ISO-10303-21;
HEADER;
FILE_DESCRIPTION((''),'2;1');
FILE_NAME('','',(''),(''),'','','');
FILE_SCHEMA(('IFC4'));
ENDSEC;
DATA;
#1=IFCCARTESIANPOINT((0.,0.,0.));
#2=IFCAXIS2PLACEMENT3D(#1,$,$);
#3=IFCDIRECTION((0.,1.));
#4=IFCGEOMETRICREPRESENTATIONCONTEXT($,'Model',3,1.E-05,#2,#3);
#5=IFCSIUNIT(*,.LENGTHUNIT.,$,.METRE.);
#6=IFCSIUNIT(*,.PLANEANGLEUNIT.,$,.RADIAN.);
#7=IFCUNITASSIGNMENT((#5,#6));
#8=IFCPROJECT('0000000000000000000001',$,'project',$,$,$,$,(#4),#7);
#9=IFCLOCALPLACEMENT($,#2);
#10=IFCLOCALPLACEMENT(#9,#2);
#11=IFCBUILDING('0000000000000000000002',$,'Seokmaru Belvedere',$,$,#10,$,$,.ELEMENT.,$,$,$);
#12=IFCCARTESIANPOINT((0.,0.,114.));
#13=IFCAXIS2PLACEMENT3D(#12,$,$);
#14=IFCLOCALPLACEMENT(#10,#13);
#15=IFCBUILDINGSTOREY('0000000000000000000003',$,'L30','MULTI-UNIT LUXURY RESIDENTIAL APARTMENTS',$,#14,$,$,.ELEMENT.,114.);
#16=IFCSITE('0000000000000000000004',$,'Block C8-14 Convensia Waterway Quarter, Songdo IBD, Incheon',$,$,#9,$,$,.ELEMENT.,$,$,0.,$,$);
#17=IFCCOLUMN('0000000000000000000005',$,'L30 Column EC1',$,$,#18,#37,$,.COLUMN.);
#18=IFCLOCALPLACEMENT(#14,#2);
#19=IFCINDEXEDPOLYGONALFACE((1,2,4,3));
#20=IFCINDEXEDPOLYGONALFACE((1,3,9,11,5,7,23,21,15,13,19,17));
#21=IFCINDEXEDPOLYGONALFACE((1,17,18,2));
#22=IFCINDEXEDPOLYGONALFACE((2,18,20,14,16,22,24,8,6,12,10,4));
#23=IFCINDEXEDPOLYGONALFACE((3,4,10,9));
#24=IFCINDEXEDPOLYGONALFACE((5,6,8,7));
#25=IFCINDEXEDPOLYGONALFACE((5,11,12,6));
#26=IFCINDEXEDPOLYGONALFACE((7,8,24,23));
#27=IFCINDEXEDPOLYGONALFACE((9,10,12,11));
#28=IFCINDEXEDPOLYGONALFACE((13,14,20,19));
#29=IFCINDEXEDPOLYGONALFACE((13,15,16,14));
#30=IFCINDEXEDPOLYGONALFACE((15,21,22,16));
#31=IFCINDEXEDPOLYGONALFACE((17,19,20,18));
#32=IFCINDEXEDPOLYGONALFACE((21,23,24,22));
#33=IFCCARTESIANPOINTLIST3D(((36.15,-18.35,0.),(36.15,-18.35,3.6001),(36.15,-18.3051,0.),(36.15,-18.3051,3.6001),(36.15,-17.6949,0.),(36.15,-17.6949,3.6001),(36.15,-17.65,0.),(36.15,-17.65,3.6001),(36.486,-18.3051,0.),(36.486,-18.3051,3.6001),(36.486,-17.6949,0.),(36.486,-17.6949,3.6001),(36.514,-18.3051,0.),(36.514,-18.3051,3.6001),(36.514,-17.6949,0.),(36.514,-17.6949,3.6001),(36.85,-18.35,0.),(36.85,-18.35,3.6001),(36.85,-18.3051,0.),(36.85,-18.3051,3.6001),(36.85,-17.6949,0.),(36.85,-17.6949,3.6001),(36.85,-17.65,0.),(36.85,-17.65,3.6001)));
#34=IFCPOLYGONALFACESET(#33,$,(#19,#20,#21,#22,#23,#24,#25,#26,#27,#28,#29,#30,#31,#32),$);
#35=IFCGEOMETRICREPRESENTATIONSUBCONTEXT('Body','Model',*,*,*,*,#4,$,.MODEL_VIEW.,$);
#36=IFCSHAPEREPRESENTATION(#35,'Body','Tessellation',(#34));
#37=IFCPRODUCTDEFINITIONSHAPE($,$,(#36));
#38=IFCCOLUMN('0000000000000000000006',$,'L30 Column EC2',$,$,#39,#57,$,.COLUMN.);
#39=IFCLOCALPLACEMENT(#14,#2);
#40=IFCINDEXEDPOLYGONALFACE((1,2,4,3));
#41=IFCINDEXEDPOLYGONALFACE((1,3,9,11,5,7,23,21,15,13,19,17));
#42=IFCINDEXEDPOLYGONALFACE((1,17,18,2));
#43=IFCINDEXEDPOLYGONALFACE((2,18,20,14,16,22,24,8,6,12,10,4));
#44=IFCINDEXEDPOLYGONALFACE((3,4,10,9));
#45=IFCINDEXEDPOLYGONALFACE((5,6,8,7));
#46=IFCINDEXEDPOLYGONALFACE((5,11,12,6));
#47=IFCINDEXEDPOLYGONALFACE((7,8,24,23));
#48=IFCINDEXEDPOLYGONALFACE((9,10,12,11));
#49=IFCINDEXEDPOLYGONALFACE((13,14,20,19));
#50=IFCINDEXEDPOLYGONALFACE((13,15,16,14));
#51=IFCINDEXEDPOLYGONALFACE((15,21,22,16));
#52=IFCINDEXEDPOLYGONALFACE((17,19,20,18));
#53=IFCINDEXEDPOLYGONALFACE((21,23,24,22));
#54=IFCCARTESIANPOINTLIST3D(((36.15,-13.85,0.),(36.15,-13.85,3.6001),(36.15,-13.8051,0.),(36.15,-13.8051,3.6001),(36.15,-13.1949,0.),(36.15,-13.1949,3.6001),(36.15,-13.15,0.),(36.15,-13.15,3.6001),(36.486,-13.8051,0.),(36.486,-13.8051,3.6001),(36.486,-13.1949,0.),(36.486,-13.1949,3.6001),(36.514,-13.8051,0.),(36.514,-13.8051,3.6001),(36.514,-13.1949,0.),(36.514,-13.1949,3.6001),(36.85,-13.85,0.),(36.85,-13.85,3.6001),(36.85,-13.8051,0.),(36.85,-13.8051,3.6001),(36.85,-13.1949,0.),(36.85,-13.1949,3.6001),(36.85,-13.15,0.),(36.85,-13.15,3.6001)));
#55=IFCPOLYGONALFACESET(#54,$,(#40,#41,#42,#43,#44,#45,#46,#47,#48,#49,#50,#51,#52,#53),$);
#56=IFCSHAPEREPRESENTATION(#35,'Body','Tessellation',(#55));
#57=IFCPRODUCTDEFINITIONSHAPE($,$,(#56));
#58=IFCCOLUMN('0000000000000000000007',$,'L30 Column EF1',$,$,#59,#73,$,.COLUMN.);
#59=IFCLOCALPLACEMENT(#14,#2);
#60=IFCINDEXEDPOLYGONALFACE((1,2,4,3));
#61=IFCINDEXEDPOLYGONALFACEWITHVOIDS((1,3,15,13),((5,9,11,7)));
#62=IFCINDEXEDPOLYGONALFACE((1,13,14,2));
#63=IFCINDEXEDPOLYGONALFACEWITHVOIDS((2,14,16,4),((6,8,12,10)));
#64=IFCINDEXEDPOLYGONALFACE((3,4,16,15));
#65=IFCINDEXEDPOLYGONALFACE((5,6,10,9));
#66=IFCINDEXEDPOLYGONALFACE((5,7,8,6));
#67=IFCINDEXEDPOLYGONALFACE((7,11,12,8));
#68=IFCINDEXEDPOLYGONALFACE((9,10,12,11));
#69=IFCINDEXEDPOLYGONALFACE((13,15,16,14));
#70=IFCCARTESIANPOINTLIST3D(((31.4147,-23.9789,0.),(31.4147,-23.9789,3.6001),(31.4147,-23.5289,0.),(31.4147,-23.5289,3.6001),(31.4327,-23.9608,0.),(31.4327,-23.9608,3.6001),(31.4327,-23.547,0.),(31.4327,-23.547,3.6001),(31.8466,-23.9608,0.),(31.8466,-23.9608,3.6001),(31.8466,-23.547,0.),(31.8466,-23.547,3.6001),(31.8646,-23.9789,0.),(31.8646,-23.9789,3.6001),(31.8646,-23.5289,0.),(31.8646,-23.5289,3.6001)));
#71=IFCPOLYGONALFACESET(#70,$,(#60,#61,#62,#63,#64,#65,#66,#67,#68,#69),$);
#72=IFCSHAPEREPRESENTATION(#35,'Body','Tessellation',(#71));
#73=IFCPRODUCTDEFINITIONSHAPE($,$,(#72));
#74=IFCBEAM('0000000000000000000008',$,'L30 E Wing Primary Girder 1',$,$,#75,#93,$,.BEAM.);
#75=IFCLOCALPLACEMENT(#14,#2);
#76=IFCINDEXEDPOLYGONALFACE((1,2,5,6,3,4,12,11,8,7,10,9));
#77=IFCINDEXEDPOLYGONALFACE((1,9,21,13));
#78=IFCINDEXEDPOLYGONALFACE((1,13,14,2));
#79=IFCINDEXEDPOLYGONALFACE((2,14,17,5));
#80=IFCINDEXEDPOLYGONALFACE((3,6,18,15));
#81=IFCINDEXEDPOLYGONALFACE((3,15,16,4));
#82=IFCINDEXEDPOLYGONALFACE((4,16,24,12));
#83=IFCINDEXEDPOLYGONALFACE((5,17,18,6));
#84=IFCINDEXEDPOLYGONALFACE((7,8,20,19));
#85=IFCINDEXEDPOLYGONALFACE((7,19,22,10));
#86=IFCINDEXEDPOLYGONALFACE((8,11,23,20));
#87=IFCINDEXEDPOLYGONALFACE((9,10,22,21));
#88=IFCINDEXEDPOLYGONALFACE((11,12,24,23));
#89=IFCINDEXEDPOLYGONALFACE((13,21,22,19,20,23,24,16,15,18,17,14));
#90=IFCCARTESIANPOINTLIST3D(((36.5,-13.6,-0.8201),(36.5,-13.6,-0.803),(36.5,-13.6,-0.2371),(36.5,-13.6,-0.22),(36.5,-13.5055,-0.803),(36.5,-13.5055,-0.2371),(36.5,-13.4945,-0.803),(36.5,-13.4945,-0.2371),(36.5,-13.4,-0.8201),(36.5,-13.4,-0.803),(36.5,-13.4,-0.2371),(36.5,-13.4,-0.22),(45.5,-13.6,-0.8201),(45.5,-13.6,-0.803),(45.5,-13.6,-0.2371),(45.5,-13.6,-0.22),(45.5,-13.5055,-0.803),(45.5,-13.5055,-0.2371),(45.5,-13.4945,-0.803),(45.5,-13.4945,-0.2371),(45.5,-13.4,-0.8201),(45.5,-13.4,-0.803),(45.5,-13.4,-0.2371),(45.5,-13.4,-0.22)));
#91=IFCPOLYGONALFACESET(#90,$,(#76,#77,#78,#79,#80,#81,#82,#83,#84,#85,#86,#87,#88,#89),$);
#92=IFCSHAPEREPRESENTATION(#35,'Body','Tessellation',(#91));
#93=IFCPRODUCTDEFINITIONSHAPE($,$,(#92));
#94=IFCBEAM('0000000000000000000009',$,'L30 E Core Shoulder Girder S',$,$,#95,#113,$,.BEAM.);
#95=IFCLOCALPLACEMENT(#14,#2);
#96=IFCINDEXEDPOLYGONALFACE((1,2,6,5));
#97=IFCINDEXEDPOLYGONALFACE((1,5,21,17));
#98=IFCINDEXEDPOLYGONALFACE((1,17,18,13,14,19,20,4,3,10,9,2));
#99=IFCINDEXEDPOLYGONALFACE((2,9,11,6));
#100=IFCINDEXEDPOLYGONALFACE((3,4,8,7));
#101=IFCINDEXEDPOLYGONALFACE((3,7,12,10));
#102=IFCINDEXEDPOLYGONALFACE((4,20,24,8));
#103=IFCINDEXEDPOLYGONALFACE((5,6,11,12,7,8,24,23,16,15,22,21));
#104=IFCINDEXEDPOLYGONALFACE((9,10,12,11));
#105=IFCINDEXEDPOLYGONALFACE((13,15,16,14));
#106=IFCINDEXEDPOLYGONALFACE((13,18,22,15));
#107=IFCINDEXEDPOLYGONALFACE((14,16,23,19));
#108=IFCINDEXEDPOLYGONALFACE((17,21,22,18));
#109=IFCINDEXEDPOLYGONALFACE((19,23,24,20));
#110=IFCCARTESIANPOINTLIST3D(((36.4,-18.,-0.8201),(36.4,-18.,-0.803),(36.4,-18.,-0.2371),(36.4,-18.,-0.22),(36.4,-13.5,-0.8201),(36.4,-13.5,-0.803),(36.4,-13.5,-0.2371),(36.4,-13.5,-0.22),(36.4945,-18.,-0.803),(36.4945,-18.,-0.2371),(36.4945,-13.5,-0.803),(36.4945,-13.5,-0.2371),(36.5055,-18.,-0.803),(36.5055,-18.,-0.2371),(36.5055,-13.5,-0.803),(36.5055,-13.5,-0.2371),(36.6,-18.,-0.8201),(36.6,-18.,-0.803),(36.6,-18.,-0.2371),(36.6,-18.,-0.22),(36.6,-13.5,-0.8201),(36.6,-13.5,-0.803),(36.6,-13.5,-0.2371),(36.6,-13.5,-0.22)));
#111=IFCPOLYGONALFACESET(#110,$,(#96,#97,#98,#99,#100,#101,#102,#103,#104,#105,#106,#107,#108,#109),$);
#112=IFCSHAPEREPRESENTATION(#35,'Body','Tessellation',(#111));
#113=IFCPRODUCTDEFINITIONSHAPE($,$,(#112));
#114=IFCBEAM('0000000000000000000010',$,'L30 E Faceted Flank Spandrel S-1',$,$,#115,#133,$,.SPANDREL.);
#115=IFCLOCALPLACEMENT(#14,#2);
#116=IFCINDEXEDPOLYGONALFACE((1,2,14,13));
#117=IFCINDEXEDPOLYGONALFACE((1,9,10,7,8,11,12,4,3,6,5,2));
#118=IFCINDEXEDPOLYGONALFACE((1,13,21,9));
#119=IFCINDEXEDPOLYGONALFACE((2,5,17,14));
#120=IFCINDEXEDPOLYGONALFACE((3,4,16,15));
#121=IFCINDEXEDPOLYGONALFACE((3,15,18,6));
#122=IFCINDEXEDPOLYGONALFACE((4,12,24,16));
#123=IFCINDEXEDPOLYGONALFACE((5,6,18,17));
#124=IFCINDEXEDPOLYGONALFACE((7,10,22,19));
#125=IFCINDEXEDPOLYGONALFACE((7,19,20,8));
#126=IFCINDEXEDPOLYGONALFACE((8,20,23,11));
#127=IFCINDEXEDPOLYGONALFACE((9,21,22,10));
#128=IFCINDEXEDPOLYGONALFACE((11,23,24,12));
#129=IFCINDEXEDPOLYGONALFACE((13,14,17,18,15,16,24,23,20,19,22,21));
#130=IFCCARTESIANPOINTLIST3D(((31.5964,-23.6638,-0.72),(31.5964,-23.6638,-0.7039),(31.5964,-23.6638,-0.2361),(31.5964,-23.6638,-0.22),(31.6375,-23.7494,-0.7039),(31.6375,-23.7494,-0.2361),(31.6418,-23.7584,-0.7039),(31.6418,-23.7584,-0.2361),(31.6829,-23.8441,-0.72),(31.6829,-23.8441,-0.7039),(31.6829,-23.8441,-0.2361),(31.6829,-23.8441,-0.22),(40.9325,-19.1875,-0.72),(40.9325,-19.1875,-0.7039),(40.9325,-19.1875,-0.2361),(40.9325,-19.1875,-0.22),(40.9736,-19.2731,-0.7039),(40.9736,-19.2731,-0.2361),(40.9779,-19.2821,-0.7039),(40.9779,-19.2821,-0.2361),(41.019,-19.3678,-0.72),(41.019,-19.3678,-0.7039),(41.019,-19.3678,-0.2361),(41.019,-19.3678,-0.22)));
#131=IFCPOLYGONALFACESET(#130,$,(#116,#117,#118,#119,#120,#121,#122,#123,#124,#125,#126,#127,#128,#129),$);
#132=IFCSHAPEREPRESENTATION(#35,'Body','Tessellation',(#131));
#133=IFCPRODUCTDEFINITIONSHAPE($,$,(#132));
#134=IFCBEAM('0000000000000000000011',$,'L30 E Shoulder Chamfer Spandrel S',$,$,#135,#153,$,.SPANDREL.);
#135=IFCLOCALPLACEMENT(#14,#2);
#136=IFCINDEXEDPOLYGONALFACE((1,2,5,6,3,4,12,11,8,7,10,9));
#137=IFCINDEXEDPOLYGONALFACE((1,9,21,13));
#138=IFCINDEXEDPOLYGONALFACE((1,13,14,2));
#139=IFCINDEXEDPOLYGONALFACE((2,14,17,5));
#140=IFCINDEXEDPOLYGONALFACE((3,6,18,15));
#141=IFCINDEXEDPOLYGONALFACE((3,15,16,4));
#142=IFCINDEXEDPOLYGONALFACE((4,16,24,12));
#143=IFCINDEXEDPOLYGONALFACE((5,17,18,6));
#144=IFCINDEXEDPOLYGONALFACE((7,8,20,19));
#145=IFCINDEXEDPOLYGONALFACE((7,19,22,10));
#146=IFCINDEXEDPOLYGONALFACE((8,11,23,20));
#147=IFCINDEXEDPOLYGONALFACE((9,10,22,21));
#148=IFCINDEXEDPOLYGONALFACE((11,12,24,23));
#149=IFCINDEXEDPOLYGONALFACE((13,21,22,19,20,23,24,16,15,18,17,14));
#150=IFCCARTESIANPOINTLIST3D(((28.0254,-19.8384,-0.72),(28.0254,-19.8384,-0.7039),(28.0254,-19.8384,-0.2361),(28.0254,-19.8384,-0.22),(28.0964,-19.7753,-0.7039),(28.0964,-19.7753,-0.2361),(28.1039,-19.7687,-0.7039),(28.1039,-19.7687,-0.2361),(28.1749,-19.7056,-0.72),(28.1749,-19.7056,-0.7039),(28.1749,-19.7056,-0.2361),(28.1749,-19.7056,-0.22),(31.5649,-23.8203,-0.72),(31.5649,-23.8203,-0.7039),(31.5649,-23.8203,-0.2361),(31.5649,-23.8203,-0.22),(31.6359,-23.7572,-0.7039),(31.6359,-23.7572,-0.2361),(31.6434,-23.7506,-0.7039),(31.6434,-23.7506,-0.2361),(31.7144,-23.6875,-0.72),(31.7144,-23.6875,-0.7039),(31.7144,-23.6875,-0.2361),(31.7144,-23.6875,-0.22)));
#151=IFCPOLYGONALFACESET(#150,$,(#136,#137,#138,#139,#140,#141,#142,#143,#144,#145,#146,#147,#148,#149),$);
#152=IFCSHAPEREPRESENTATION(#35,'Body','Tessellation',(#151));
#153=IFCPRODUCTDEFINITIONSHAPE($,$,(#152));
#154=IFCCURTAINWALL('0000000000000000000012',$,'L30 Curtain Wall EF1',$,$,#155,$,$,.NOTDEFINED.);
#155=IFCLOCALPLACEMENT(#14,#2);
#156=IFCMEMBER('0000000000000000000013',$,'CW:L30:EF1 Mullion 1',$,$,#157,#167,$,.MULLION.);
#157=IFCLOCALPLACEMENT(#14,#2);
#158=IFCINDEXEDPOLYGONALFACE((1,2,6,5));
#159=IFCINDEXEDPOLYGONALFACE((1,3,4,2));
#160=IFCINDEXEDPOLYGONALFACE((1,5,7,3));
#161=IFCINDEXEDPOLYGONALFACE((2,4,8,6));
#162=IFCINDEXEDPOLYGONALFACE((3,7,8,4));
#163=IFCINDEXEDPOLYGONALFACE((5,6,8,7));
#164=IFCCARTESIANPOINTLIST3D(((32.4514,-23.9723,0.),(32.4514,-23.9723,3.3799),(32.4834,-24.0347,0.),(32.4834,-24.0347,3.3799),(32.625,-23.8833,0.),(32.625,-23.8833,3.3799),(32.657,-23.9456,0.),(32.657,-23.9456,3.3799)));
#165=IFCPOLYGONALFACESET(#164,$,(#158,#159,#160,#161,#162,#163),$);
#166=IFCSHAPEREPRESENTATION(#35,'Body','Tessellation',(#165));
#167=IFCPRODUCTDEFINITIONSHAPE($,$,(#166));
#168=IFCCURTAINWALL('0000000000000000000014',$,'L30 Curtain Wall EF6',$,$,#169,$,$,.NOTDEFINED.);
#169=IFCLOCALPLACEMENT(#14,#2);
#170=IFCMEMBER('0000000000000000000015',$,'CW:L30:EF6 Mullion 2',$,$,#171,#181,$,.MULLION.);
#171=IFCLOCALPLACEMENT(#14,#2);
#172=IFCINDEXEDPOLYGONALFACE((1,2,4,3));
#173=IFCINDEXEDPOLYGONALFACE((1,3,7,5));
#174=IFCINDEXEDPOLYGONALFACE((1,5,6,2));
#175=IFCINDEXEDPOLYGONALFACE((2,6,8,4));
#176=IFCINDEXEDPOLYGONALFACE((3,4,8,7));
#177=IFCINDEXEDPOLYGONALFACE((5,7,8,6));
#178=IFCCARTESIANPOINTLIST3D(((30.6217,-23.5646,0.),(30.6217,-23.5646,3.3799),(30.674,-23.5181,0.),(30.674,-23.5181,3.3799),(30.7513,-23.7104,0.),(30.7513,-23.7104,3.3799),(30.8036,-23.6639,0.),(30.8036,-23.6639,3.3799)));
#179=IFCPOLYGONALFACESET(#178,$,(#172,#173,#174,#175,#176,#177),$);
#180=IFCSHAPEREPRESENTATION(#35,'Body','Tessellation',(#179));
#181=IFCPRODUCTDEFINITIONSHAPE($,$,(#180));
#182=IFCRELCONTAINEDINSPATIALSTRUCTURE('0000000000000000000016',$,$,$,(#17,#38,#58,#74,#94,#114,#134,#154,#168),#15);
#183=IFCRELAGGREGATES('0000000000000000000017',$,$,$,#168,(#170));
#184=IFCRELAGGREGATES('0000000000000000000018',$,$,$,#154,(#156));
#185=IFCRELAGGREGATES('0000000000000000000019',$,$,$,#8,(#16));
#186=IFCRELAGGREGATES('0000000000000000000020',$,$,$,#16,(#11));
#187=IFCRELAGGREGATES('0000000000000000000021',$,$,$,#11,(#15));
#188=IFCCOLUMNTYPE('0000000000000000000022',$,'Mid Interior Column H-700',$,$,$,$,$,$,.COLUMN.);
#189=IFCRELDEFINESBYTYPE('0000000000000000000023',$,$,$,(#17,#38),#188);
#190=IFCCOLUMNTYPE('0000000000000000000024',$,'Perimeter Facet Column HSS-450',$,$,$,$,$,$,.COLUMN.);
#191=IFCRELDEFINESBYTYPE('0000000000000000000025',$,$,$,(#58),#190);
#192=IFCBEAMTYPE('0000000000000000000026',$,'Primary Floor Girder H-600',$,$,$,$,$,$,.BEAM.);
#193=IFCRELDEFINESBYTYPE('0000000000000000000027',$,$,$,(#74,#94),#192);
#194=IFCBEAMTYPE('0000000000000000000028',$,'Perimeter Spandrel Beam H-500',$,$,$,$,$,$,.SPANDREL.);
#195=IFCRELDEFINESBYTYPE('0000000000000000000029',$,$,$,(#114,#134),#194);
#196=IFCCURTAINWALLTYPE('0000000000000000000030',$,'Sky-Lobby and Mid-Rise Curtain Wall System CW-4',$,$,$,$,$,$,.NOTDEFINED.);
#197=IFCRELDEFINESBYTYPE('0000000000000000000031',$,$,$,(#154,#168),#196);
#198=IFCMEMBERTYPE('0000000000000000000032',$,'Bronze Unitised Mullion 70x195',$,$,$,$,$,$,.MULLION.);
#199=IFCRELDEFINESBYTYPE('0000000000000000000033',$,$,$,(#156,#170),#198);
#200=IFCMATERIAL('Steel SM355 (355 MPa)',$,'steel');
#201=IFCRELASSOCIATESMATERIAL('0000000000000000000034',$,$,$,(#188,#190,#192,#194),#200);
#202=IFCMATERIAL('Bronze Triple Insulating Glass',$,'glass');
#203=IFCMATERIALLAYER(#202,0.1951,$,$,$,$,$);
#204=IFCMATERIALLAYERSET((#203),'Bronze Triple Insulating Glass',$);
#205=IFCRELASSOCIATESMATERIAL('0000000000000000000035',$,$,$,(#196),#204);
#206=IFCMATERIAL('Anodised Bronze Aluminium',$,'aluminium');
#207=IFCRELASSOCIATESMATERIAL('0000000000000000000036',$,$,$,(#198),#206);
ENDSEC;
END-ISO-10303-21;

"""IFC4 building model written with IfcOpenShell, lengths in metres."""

from ifc_helpers import new_model, si_unit, direction, frame, origin, origin_2d, place, context, subcontext, project, spatial, rectangle, hollow_rectangle, i_section, extrude, source, transform, mapped, material, layer, layer_set, material_profile, profile_set, type_object, type_shapes, element, aggregate, save


model = new_model("IFC4")

# Units and contexts
model_context = context("Model", 3, precision=1e-05, world=origin(), true_north=direction((0.0, 1.0)))
body_context = subcontext(model_context, "Body", "Model", "MODEL_VIEW")
ifc_project = project(units=[si_unit("LENGTHUNIT", "METRE"), si_unit("PLANEANGLEUNIT", "RADIAN")], contexts=[model_context])

# Site, building, storey
site_placement = place(None, origin())
site = spatial("IfcSite", under=ifc_project, at=site_placement, Name="Block C8-14 Convensia Waterway Quarter, Songdo IBD, Incheon", CompositionType="ELEMENT", RefElevation=0.0)
building_placement = place(site_placement, origin())
building = spatial("IfcBuilding", under=site, at=building_placement, Name="Seokmaru Belvedere", CompositionType="ELEMENT")
storey_placement = place(building_placement, frame((0.0, 0.0, 114.0)))
storey = spatial("IfcBuildingStorey", under=building, at=storey_placement, Name="L30", Description="MULTI-UNIT LUXURY RESIDENTIAL APARTMENTS", CompositionType="ELEMENT", Elevation=114.0)

# Columns
ifc_material_1 = material(Name="Steel SM355 (355 MPa)", Category="steel")
ifc_material_profile_1 = material_profile(ifc_material_1, i_section(OverallWidth=0.7, OverallDepth=0.7, WebThickness=0.0281, FlangeThickness=0.0449, at=origin_2d()), Name="H-700x700x28x45")
ifc_profile_set_1 = profile_set([ifc_material_profile_1], Name="Steel SM355 (355 MPa)")
column_type_1 = type_object("IfcColumnType", Name="Mid Interior Column H-700", PredefinedType="COLUMN", material=ifc_profile_set_1)
shared_shape_1 = source(origin(), body_context, "Body", "SweptSolid", [
    extrude(i_section(OverallWidth=0.7, OverallDepth=0.7, WebThickness=0.0281, FlangeThickness=0.0449, at=origin_2d()), origin(), (0.0, 0.0, 1.0), 3.6001),
])
type_shapes(column_type_1, [shared_shape_1])
for number, where, z_axis, x_axis, name in (
    (1, (36.5, -18.0, 0.0), (0.0, 0.0, 1.0), (1.0, 0.0, 0.0), "L30 Column EC1"),
    (2, (36.5, -13.5, 0.0), (0.0, 0.0, 1.0), (1.0, 0.0, 0.0), "L30 Column EC2"),
):
    element("IfcColumn", number, at=place(storey_placement, frame(where, z_axis=z_axis, x_axis=x_axis)), inside=storey, type_object=column_type_1, Name=name, PredefinedType="COLUMN", context=body_context, shape_type="MappedRepresentation", body=[
        mapped(shared_shape_1, transform((0.0, 0.0, 0.0), scale=1.0)),
    ])
ifc_material_profile_2 = material_profile(ifc_material_1, hollow_rectangle(XDim=0.45, YDim=0.45, WallThickness=0.0181, at=origin_2d()), Name="HSS-450x450x18")
ifc_profile_set_2 = profile_set([ifc_material_profile_2], Name="Steel SM355 (355 MPa)")
column_type_2 = type_object("IfcColumnType", Name="Perimeter Facet Column HSS-450", PredefinedType="COLUMN", material=ifc_profile_set_2)
shared_shape_2 = source(origin(), body_context, "Body", "SweptSolid", [
    extrude(hollow_rectangle(XDim=0.45, YDim=0.45, WallThickness=0.0181, at=origin_2d()), origin(), (0.0, 0.0, 1.0), 3.6001),
])
type_shapes(column_type_2, [shared_shape_2])
column_placement = place(storey_placement, frame((31.6396, -23.7539, 0.0), z_axis=(0.0, 0.0, 1.0), x_axis=(1.0, 0.0, 0.0)))
element("IfcColumn", 3, at=column_placement, inside=storey, type_object=column_type_2, Name="L30 Column EF1", PredefinedType="COLUMN", context=body_context, shape_type="MappedRepresentation", body=[
    mapped(shared_shape_2, transform((0.0, 0.0, 0.0), scale=1.0)),
])

# Beams
ifc_material_profile_3 = material_profile(ifc_material_1, i_section(OverallWidth=0.2, OverallDepth=0.6001, WebThickness=0.011, FlangeThickness=0.0171, at=origin_2d()), Name="H-600x200x11x17")
ifc_profile_set_3 = profile_set([ifc_material_profile_3], Name="Steel SM355 (355 MPa)")
beam_type_1 = type_object("IfcBeamType", Name="Primary Floor Girder H-600", PredefinedType="BEAM", material=ifc_profile_set_3)
shared_shape_3 = source(origin(), body_context, "Body", "SweptSolid", [
    extrude(i_section(OverallWidth=0.2, OverallDepth=0.6001, WebThickness=0.011, FlangeThickness=0.0171, at=origin_2d()), origin(), (0.0, 0.0, 1.0), 9.0),
])
beam_1_placement = place(storey_placement, frame((36.5, -13.5, -0.52), z_axis=(1.0, 0.0, 0.0), x_axis=(0.0, 1.0, 0.0)))
element("IfcBeam", 4, at=beam_1_placement, inside=storey, type_object=beam_type_1, Name="L30 E Wing Primary Girder 1", PredefinedType="BEAM", context=body_context, shape_type="MappedRepresentation", body=[
    mapped(shared_shape_3, transform((0.0, 0.0, 0.0), scale=1.0)),
])
shared_shape_4 = source(origin(), body_context, "Body", "SweptSolid", [
    extrude(i_section(OverallWidth=0.2, OverallDepth=0.6001, WebThickness=0.011, FlangeThickness=0.0171, at=origin_2d()), origin(), (0.0, 0.0, 1.0), 4.5),
])
type_shapes(beam_type_1, [shared_shape_3, shared_shape_4])
beam_2_placement = place(storey_placement, frame((36.5, -18.0, -0.52), z_axis=(0.0, 1.0, 0.0), x_axis=(-1.0, 0.0, 0.0)))
element("IfcBeam", 5, at=beam_2_placement, inside=storey, type_object=beam_type_1, Name="L30 E Core Shoulder Girder S", PredefinedType="BEAM", context=body_context, shape_type="MappedRepresentation", body=[
    mapped(shared_shape_4, transform((0.0, 0.0, 0.0), scale=1.0)),
])
ifc_material_profile_4 = material_profile(ifc_material_1, i_section(OverallWidth=0.2, OverallDepth=0.5, WebThickness=0.01, FlangeThickness=0.0161, at=origin_2d()), Name="H-500x200x10x16")
ifc_profile_set_4 = profile_set([ifc_material_profile_4], Name="Steel SM355 (355 MPa)")
beam_type_2 = type_object("IfcBeamType", Name="Perimeter Spandrel Beam H-500", PredefinedType="SPANDREL", material=ifc_profile_set_4)
shared_shape_5 = source(origin(), body_context, "Body", "SweptSolid", [
    extrude(i_section(OverallWidth=0.2, OverallDepth=0.5, WebThickness=0.01, FlangeThickness=0.0161, at=origin_2d()), origin(), (0.0, 0.0, 1.0), 10.3538),
])
beam_3_placement = place(storey_placement, frame((31.6396, -23.7539, -0.47), z_axis=(0.901713, 0.432335, 0.0), x_axis=(-0.432335, 0.901713, 0.0)))
element("IfcBeam", 6, at=beam_3_placement, inside=storey, type_object=beam_type_2, Name="L30 E Faceted Flank Spandrel S-1", PredefinedType="SPANDREL", context=body_context, shape_type="MappedRepresentation", body=[
    mapped(shared_shape_5, transform((0.0, 0.0, 0.0), scale=1.0)),
])
shared_shape_6 = source(origin(), body_context, "Body", "SweptSolid", [
    extrude(i_section(OverallWidth=0.2, OverallDepth=0.5, WebThickness=0.01, FlangeThickness=0.0161, at=origin_2d()), origin(), (0.0, 0.0, 1.0), 5.3276),
])
type_shapes(beam_type_2, [shared_shape_5, shared_shape_6])
beam_4_placement = place(storey_placement, frame((31.6396, -23.7539, -0.47), z_axis=(-0.66437, 0.747404, 0.0), x_axis=(-0.747404, -0.66437, 0.0)))
element("IfcBeam", 7, at=beam_4_placement, inside=storey, type_object=beam_type_2, Name="L30 E Shoulder Chamfer Spandrel S", PredefinedType="SPANDREL", context=body_context, shape_type="MappedRepresentation", body=[
    mapped(shared_shape_6, transform((0.0, 0.0, 0.0), scale=1.0)),
])

# Curtain walls, members
ifc_material_2 = material(Name="Bronze Triple Insulating Glass", Category="glass")
ifc_layer_1 = layer(ifc_material_2, 0.1951)
ifc_layer_set_1 = layer_set([ifc_layer_1], Name="Bronze Triple Insulating Glass")
curtain_wall_type = type_object("IfcCurtainWallType", Name="Sky-Lobby and Mid-Rise Curtain Wall System CW-4", PredefinedType="NOTDEFINED", material=ifc_layer_set_1)
curtain_wall_1_placement = place(storey_placement, origin())
curtain_wall_1 = element("IfcCurtainWall", 8, at=curtain_wall_1_placement, inside=storey, type_object=curtain_wall_type, Name="L30 Curtain Wall EF1", PredefinedType="NOTDEFINED")
ifc_material_3 = material(Name="Anodised Bronze Aluminium", Category="aluminium")
ifc_material_profile_5 = material_profile(ifc_material_3, rectangle(XDim=0.0701, YDim=0.1951, at=origin_2d()), Name="CW-M-70x195")
ifc_profile_set_5 = profile_set([ifc_material_profile_5], Name="Anodised Bronze Aluminium")
member_type_1 = type_object("IfcMemberType", Name="Bronze Unitised Mullion 70x195", PredefinedType="MULLION", material=ifc_profile_set_5)
shared_shape_7 = source(origin(), body_context, "Body", "SweptSolid", [
    extrude(rectangle(XDim=0.0701, YDim=0.1951, at=origin_2d()), origin(), (0.0, 0.0, 1.0), 3.3799),
])
type_shapes(member_type_1, [shared_shape_7])
member_1_placement = place(storey_placement, frame((32.5542, -23.959, 0.0), z_axis=(0.0, 0.0, 1.0), x_axis=(-0.456555, 0.889695, 0.0)))
member_1 = element("IfcMember", 9, at=member_1_placement, type_object=member_type_1, Name="CW:L30:EF1 Mullion 1", PredefinedType="MULLION", context=body_context, shape_type="MappedRepresentation", body=[
    mapped(shared_shape_7, transform((0.0, 0.0, 0.0), scale=1.0)),
])
curtain_wall_2_placement = place(storey_placement, origin())
curtain_wall_2 = element("IfcCurtainWall", 10, at=curtain_wall_2_placement, inside=storey, type_object=curtain_wall_type, Name="L30 Curtain Wall EF6", PredefinedType="NOTDEFINED")
member_2_placement = place(storey_placement, frame((30.7126, -23.6143, 0.0), z_axis=(0.0, 0.0, 1.0), x_axis=(0.74741, 0.664363, 0.0)))
member_2 = element("IfcMember", 11, at=member_2_placement, type_object=member_type_1, Name="CW:L30:EF6 Mullion 2", PredefinedType="MULLION", context=body_context, shape_type="MappedRepresentation", body=[
    mapped(shared_shape_7, transform((0.0, 0.0, 0.0), scale=1.0)),
])
aggregate(curtain_wall_2, [member_2])

aggregate(curtain_wall_1, [member_1])

save(model, "model.ifc")
